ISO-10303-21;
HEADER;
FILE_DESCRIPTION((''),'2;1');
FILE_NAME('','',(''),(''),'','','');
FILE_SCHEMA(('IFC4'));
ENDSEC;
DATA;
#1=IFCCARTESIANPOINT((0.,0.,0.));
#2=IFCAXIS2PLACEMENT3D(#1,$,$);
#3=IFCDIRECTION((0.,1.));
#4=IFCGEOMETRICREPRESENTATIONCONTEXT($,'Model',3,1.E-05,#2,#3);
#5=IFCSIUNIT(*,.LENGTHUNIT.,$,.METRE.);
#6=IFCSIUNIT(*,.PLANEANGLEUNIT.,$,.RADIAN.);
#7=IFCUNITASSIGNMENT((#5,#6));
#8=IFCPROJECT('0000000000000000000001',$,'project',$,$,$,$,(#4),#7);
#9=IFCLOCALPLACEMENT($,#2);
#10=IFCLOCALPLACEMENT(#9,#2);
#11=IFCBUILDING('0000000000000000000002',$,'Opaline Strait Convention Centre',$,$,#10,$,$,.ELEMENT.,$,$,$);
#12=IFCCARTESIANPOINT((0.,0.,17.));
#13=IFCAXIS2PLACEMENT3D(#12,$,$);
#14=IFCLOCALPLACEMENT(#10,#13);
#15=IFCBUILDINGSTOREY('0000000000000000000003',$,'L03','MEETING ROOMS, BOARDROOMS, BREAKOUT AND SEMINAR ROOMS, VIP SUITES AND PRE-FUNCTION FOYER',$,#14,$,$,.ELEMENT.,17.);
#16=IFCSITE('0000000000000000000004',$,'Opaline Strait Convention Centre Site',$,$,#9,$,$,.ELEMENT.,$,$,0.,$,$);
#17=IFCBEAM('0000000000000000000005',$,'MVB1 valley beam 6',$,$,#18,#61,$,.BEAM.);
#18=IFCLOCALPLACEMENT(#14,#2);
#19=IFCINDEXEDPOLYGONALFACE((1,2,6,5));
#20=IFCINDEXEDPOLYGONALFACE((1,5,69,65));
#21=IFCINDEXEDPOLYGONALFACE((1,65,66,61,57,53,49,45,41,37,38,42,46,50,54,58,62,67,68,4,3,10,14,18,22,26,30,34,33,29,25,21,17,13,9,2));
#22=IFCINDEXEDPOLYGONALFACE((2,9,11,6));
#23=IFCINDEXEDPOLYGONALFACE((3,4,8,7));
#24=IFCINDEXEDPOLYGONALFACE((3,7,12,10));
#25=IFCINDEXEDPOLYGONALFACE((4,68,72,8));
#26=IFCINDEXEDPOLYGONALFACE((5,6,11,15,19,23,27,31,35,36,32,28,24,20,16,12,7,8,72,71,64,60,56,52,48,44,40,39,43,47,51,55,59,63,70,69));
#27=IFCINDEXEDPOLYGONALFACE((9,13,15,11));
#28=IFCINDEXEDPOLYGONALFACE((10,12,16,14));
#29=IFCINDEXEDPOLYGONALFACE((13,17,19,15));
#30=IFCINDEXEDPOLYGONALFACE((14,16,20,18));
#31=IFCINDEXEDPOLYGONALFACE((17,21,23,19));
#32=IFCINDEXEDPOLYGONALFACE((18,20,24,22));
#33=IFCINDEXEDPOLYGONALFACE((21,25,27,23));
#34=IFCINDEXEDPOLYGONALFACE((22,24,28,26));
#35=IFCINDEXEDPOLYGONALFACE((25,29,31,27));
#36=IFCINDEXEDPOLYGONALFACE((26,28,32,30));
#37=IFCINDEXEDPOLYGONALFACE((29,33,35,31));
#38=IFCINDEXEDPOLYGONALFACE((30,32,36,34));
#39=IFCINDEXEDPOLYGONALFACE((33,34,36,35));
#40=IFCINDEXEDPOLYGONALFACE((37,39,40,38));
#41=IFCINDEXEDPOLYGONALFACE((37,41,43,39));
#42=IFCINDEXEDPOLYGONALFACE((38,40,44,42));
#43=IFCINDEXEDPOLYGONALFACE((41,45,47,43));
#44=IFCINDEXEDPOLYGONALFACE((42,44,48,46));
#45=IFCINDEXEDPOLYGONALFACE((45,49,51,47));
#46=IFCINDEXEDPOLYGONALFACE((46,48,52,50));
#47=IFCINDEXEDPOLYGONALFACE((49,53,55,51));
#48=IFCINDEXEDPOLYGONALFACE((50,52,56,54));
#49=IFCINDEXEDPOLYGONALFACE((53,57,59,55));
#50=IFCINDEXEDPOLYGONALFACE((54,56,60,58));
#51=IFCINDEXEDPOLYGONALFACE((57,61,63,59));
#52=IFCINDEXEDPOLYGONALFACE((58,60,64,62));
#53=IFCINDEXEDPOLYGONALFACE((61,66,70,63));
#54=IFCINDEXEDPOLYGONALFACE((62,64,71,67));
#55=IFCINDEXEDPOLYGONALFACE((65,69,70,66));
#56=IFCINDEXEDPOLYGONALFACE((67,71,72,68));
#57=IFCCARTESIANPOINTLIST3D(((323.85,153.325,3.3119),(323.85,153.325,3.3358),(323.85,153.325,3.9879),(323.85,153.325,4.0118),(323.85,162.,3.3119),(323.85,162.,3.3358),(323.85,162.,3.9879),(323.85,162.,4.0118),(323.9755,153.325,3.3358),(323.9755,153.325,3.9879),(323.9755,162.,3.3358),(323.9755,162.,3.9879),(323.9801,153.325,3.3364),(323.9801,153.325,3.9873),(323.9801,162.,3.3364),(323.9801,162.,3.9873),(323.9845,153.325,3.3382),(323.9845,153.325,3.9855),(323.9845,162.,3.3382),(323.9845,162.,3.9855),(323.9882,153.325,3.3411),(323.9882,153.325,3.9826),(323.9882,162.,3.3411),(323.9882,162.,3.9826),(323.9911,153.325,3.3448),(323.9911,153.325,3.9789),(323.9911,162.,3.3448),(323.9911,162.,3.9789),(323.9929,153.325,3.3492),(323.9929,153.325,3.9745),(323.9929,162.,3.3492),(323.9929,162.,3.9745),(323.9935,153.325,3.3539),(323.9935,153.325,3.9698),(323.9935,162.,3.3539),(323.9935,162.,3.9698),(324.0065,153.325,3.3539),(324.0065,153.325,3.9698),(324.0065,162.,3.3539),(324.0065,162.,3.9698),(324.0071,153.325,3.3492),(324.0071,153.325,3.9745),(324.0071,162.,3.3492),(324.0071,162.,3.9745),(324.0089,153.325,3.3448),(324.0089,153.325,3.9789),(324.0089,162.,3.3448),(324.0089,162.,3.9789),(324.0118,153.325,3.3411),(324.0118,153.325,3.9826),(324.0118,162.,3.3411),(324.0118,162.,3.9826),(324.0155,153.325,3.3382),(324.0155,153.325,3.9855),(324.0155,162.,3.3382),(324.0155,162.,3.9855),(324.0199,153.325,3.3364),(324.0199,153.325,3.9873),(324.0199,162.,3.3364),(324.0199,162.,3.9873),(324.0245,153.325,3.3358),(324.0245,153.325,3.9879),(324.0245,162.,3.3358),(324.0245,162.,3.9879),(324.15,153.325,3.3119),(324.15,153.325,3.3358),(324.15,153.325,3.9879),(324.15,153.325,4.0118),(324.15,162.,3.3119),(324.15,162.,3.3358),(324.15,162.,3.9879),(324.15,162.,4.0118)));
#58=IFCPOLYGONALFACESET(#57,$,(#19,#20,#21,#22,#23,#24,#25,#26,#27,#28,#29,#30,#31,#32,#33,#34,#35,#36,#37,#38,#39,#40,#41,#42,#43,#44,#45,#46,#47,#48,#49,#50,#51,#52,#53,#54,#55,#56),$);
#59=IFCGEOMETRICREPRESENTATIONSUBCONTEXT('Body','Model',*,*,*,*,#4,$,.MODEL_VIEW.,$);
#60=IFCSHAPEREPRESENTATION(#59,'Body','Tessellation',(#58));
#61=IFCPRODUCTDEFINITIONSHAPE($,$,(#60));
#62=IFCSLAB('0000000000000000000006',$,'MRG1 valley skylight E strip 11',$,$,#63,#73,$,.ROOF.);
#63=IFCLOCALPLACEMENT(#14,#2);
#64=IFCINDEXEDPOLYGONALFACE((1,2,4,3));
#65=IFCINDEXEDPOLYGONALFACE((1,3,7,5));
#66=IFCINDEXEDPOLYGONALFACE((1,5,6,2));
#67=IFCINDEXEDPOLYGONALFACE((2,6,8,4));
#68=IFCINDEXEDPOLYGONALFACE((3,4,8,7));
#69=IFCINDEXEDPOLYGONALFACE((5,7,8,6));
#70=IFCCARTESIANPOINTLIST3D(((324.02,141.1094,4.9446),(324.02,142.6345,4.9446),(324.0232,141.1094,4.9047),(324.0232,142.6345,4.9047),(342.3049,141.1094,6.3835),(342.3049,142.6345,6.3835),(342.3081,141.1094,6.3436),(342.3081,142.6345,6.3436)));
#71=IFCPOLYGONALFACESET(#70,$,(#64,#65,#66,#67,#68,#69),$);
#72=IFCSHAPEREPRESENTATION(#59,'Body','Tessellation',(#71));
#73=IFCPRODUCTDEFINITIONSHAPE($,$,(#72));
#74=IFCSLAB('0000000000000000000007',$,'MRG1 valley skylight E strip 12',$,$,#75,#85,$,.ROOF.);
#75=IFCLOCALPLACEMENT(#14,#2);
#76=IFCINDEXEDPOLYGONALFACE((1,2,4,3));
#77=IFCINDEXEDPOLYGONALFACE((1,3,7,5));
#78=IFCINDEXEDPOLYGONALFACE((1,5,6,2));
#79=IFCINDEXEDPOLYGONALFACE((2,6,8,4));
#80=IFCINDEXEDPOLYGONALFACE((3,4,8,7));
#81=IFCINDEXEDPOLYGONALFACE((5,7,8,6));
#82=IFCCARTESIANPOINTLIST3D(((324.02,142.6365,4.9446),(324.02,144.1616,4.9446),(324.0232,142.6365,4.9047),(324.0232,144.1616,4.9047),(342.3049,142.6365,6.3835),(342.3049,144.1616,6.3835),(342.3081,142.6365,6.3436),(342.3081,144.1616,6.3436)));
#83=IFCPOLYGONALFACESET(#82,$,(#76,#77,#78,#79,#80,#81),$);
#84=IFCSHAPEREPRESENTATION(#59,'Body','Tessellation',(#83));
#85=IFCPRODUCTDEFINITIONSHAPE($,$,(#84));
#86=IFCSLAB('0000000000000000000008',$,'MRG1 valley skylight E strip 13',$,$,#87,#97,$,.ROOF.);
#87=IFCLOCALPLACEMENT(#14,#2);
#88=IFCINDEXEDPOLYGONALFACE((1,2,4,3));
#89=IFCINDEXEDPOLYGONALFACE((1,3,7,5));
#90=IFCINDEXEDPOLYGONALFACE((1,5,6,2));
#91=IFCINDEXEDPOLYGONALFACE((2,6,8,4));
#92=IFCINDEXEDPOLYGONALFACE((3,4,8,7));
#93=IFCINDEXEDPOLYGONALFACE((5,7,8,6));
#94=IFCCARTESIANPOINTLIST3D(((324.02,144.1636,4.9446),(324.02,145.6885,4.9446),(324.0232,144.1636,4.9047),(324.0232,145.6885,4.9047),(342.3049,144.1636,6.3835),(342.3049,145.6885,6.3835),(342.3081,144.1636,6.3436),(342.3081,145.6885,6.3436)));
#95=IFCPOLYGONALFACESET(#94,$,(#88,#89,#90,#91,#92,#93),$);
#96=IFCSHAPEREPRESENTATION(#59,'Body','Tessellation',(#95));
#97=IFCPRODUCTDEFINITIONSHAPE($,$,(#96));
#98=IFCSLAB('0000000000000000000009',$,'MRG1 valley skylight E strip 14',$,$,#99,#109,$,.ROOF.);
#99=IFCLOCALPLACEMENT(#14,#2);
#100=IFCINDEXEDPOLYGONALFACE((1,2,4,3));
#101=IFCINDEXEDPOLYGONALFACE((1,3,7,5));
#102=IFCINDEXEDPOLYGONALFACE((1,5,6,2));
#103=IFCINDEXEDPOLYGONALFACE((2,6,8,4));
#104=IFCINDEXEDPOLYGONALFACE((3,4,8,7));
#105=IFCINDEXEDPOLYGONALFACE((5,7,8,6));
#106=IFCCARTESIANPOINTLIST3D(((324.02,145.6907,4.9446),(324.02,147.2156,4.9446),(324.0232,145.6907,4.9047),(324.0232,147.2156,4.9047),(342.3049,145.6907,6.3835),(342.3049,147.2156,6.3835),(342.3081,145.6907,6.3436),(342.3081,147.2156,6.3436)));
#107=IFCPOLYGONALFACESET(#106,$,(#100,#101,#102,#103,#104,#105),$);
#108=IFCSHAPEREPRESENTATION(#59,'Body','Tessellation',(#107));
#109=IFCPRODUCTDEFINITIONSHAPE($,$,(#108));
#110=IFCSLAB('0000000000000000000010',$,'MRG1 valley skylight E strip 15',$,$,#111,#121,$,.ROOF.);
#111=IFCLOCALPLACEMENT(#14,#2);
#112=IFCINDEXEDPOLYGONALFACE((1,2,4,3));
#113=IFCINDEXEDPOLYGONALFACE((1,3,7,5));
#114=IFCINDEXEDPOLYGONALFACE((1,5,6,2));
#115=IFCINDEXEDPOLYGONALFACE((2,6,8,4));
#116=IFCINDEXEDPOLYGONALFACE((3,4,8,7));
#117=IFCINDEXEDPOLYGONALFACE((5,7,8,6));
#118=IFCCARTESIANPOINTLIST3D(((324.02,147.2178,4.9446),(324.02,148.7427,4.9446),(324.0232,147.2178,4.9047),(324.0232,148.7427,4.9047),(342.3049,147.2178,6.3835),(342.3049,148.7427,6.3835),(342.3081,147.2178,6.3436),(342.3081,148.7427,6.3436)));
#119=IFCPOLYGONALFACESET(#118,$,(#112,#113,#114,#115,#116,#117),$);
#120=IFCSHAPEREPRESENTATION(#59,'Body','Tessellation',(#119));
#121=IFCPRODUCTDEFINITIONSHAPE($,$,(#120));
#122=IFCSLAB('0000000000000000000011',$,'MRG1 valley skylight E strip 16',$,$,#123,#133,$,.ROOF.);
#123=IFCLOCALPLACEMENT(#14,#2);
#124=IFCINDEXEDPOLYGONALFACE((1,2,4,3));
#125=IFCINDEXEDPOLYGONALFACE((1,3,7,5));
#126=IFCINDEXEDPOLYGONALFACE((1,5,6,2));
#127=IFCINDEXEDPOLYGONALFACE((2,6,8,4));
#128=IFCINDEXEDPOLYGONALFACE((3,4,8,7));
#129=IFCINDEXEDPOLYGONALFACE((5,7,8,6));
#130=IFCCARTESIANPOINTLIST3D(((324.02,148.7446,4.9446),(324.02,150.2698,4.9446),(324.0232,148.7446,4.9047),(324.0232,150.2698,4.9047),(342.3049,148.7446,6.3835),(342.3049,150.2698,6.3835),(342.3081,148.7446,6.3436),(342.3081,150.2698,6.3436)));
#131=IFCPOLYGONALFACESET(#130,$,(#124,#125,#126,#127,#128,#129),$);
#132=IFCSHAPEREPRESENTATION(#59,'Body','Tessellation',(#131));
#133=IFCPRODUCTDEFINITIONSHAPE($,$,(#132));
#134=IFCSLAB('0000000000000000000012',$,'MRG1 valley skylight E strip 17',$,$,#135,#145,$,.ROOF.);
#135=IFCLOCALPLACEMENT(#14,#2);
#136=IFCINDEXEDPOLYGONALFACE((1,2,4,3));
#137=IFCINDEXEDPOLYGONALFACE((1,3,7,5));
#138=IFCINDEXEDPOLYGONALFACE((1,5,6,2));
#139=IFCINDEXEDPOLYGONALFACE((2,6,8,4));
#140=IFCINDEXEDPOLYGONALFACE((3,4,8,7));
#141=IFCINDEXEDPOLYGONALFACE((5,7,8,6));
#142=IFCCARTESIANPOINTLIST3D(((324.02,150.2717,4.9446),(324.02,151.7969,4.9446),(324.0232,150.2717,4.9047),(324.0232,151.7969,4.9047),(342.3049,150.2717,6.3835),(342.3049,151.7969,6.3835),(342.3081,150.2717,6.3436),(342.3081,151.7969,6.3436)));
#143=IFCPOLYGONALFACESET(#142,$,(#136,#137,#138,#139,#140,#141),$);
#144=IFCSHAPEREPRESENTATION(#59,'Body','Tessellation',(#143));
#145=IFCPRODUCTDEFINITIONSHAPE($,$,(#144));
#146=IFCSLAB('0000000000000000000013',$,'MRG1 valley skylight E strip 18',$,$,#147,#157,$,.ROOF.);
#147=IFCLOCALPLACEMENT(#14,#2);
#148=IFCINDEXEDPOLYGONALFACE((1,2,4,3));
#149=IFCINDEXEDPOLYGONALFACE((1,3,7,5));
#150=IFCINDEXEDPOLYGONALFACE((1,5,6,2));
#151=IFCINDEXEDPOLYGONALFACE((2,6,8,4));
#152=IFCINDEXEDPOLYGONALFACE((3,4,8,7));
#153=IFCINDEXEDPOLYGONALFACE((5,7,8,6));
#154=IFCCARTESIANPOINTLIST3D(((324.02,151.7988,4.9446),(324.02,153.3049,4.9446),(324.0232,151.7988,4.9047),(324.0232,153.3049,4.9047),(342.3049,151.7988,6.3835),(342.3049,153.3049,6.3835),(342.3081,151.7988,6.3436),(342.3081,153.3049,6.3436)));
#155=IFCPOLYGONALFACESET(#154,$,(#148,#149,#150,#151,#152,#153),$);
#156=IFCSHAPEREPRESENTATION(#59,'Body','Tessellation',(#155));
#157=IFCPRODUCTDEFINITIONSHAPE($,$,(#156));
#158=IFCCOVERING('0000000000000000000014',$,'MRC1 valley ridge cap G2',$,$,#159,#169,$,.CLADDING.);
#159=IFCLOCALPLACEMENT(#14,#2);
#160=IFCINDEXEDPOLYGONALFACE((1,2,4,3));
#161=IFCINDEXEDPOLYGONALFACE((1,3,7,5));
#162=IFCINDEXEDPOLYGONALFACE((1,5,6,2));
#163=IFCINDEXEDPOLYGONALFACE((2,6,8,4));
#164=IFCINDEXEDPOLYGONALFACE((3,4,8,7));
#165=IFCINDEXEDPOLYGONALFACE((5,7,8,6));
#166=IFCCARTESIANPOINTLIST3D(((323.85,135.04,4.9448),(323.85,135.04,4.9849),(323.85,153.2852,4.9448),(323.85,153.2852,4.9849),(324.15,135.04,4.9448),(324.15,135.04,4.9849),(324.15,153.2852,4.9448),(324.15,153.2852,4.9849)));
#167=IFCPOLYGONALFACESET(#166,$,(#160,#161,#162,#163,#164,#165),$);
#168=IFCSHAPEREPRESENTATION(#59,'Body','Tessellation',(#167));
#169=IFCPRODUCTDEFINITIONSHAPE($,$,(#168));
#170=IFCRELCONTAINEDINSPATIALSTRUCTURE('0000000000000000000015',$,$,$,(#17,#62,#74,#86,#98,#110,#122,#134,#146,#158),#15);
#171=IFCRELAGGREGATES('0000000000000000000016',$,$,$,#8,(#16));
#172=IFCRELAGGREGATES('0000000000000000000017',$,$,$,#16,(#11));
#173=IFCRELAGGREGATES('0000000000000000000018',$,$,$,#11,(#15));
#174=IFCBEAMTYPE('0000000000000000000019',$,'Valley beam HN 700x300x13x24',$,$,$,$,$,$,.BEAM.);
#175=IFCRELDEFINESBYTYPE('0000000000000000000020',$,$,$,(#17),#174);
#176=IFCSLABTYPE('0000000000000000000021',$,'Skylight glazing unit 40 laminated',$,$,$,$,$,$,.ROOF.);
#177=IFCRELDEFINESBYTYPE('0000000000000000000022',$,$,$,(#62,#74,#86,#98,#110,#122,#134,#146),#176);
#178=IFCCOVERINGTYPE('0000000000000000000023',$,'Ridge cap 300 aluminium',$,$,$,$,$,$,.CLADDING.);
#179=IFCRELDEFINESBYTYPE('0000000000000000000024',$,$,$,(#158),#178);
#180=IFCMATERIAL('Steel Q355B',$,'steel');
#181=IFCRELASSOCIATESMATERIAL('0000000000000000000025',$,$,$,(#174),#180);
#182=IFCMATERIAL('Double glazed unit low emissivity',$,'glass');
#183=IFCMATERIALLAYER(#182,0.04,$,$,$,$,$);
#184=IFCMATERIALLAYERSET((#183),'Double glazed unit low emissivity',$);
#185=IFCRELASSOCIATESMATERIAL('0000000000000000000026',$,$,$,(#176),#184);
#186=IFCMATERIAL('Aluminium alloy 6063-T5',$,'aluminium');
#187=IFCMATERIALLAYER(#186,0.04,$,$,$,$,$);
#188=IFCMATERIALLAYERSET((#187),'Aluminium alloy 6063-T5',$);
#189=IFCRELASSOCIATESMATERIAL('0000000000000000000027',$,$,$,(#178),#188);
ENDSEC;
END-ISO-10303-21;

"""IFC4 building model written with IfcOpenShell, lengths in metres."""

from ifc_helpers import new_model, si_unit, direction, frame, origin, origin_2d, place, context, subcontext, project, spatial, polyline, rectangle, i_section, outline, extrude, material, layer, layer_set, material_profile, profile_set, type_object, element, save


model = new_model("IFC4")

# Units and contexts
model_context = context("Model", 3, precision=1e-05, world=origin(), true_north=direction((0.0, 1.0)))
body_context = subcontext(model_context, "Body", "Model", "MODEL_VIEW")
ifc_project = project(units=[si_unit("LENGTHUNIT", "METRE"), si_unit("PLANEANGLEUNIT", "RADIAN")], contexts=[model_context])

# Site, building, storey
site_placement = place(None, origin())
site = spatial("IfcSite", under=ifc_project, at=site_placement, Name="Opaline Strait Convention Centre Site", CompositionType="ELEMENT", RefElevation=0.0)
building_placement = place(site_placement, origin())
building = spatial("IfcBuilding", under=site, at=building_placement, Name="Opaline Strait Convention Centre", CompositionType="ELEMENT")
storey_placement = place(building_placement, frame((0.0, 0.0, 17.0)))
storey = spatial("IfcBuildingStorey", under=building, at=storey_placement, Name="L03", Description="MEETING ROOMS, BOARDROOMS, BREAKOUT AND SEMINAR ROOMS, VIP SUITES AND PRE-FUNCTION FOYER", CompositionType="ELEMENT", Elevation=17.0)

# Shared definitions
ifc_material_1 = material(Name="Steel Q355B", Category="steel")

# Beam
ifc_material_profile_1 = material_profile(ifc_material_1, i_section(OverallWidth=0.3, OverallDepth=0.7, WebThickness=0.0129, FlangeThickness=0.0239, FilletRadius=0.0181, at=origin_2d()), Name="HN 700x300x13x24")
ifc_profile_set_1 = profile_set([ifc_material_profile_1], Name="Steel Q355B")
beam_type = type_object("IfcBeamType", Name="Valley beam HN 700x300x13x24", PredefinedType="BEAM", material=ifc_profile_set_1)
beam_placement = place(storey_placement, frame((324.0, 153.325, 3.6619), z_axis=(0.0, 1.0, 0.0), x_axis=(-1.0, 0.0, 0.0)))
element("IfcBeam", 1, at=beam_placement, inside=storey, type_object=beam_type, Name="MVB1 valley beam 6", PredefinedType="BEAM", context=body_context, shape_type="SweptSolid", body=[
    extrude(i_section(OverallWidth=0.3, OverallDepth=0.7, WebThickness=0.0129, FlangeThickness=0.0239, FilletRadius=0.0181, at=origin_2d()), origin(), (0.0, 0.0, 1.0), 8.675),
])

# Slabs
ifc_material_2 = material(Name="Double glazed unit low emissivity", Category="glass")
ifc_layer_1 = layer(ifc_material_2, 0.04)
ifc_layer_set_1 = layer_set([ifc_layer_1], Name="Double glazed unit low emissivity")
slab_type = type_object("IfcSlabType", Name="Skylight glazing unit 40 laminated", PredefinedType="ROOF", material=ifc_layer_set_1)
for number, where, z_axis, x_axis, name in (
    (2, (324.02, 141.1094, 4.9446), (-0.078454, 0.0, 0.996918), (0.996918, 0.0, 0.078454), "MRG1 valley skylight E strip 11"),
    (3, (324.02, 142.6365, 4.9446), (-0.078454, 0.0, 0.996918), (0.996918, 0.0, 0.078454), "MRG1 valley skylight E strip 12"),
):
    element("IfcSlab", number, at=place(storey_placement, frame(where, z_axis=z_axis, x_axis=x_axis)), inside=storey, type_object=slab_type, Name=name, PredefinedType="ROOF", context=body_context, shape_type="SweptSolid", body=[
        extrude(outline(polyline([(0.0, 0.0), (18.3414, 0.0), (18.3414, 1.5251), (0.0, 1.5251), (0.0, 0.0)])), origin(), (0.0, 0.0, -1.0), 0.04),
    ])
for number, where, z_axis, x_axis, name in (
    (4, (324.02, 144.1636, 4.9446), (-0.078454, 0.0, 0.996918), (0.996918, 0.0, 0.078454), "MRG1 valley skylight E strip 13"),
    (5, (324.02, 145.6907, 4.9446), (-0.078454, 0.0, 0.996918), (0.996918, 0.0, 0.078454), "MRG1 valley skylight E strip 14"),
    (6, (324.02, 147.2178, 4.9446), (-0.078454, 0.0, 0.996918), (0.996918, 0.0, 0.078454), "MRG1 valley skylight E strip 15"),
):
    element("IfcSlab", number, at=place(storey_placement, frame(where, z_axis=z_axis, x_axis=x_axis)), inside=storey, type_object=slab_type, Name=name, PredefinedType="ROOF", context=body_context, shape_type="SweptSolid", body=[
        extrude(outline(polyline([(0.0, 0.0), (18.3414, 0.0), (18.3414, 1.5249), (0.0, 1.5249), (0.0, 0.0)])), origin(), (0.0, 0.0, -1.0), 0.04),
    ])
for number, where, z_axis, x_axis, name in (
    (7, (324.02, 148.7446, 4.9446), (-0.078454, 0.0, 0.996918), (0.996918, 0.0, 0.078454), "MRG1 valley skylight E strip 16"),
    (8, (324.02, 150.2717, 4.9446), (-0.078454, 0.0, 0.996918), (0.996918, 0.0, 0.078454), "MRG1 valley skylight E strip 17"),
):
    element("IfcSlab", number, at=place(storey_placement, frame(where, z_axis=z_axis, x_axis=x_axis)), inside=storey, type_object=slab_type, Name=name, PredefinedType="ROOF", context=body_context, shape_type="SweptSolid", body=[
        extrude(outline(polyline([(0.0, 0.0), (18.3414, 0.0), (18.3414, 1.5251), (0.0, 1.5251), (0.0, 0.0)])), origin(), (0.0, 0.0, -1.0), 0.04),
    ])
slab_placement = place(storey_placement, frame((324.02, 151.7988, 4.9446), z_axis=(-0.078454, 0.0, 0.996918), x_axis=(0.996918, 0.0, 0.078454)))
element("IfcSlab", 9, at=slab_placement, inside=storey, type_object=slab_type, Name="MRG1 valley skylight E strip 18", PredefinedType="ROOF", context=body_context, shape_type="SweptSolid", body=[
    extrude(outline(polyline([(0.0, 0.0), (18.3414, 0.0), (18.3414, 1.5061), (0.0, 1.5061), (0.0, 0.0)])), origin(), (0.0, 0.0, -1.0), 0.04),
])

# Covering
ifc_material_3 = material(Name="Aluminium alloy 6063-T5", Category="aluminium")
ifc_layer_2 = layer(ifc_material_3, 0.04)
ifc_layer_set_2 = layer_set([ifc_layer_2], Name="Aluminium alloy 6063-T5")
covering_type = type_object("IfcCoveringType", Name="Ridge cap 300 aluminium", PredefinedType="CLADDING", material=ifc_layer_set_2)
covering_placement = place(storey_placement, frame((324.0, 144.1626, 4.9448), z_axis=(0.0, 0.0, 1.0), x_axis=(1.0, 0.0, 0.0)))
element("IfcCovering", 10, at=covering_placement, inside=storey, type_object=covering_type, Name="MRC1 valley ridge cap G2", PredefinedType="CLADDING", context=body_context, shape_type="SweptSolid", body=[
    extrude(rectangle(XDim=0.3, YDim=18.2451, at=origin_2d()), origin(), (0.0, 0.0, 1.0), 0.04),
])

save(model, "model.ifc")
